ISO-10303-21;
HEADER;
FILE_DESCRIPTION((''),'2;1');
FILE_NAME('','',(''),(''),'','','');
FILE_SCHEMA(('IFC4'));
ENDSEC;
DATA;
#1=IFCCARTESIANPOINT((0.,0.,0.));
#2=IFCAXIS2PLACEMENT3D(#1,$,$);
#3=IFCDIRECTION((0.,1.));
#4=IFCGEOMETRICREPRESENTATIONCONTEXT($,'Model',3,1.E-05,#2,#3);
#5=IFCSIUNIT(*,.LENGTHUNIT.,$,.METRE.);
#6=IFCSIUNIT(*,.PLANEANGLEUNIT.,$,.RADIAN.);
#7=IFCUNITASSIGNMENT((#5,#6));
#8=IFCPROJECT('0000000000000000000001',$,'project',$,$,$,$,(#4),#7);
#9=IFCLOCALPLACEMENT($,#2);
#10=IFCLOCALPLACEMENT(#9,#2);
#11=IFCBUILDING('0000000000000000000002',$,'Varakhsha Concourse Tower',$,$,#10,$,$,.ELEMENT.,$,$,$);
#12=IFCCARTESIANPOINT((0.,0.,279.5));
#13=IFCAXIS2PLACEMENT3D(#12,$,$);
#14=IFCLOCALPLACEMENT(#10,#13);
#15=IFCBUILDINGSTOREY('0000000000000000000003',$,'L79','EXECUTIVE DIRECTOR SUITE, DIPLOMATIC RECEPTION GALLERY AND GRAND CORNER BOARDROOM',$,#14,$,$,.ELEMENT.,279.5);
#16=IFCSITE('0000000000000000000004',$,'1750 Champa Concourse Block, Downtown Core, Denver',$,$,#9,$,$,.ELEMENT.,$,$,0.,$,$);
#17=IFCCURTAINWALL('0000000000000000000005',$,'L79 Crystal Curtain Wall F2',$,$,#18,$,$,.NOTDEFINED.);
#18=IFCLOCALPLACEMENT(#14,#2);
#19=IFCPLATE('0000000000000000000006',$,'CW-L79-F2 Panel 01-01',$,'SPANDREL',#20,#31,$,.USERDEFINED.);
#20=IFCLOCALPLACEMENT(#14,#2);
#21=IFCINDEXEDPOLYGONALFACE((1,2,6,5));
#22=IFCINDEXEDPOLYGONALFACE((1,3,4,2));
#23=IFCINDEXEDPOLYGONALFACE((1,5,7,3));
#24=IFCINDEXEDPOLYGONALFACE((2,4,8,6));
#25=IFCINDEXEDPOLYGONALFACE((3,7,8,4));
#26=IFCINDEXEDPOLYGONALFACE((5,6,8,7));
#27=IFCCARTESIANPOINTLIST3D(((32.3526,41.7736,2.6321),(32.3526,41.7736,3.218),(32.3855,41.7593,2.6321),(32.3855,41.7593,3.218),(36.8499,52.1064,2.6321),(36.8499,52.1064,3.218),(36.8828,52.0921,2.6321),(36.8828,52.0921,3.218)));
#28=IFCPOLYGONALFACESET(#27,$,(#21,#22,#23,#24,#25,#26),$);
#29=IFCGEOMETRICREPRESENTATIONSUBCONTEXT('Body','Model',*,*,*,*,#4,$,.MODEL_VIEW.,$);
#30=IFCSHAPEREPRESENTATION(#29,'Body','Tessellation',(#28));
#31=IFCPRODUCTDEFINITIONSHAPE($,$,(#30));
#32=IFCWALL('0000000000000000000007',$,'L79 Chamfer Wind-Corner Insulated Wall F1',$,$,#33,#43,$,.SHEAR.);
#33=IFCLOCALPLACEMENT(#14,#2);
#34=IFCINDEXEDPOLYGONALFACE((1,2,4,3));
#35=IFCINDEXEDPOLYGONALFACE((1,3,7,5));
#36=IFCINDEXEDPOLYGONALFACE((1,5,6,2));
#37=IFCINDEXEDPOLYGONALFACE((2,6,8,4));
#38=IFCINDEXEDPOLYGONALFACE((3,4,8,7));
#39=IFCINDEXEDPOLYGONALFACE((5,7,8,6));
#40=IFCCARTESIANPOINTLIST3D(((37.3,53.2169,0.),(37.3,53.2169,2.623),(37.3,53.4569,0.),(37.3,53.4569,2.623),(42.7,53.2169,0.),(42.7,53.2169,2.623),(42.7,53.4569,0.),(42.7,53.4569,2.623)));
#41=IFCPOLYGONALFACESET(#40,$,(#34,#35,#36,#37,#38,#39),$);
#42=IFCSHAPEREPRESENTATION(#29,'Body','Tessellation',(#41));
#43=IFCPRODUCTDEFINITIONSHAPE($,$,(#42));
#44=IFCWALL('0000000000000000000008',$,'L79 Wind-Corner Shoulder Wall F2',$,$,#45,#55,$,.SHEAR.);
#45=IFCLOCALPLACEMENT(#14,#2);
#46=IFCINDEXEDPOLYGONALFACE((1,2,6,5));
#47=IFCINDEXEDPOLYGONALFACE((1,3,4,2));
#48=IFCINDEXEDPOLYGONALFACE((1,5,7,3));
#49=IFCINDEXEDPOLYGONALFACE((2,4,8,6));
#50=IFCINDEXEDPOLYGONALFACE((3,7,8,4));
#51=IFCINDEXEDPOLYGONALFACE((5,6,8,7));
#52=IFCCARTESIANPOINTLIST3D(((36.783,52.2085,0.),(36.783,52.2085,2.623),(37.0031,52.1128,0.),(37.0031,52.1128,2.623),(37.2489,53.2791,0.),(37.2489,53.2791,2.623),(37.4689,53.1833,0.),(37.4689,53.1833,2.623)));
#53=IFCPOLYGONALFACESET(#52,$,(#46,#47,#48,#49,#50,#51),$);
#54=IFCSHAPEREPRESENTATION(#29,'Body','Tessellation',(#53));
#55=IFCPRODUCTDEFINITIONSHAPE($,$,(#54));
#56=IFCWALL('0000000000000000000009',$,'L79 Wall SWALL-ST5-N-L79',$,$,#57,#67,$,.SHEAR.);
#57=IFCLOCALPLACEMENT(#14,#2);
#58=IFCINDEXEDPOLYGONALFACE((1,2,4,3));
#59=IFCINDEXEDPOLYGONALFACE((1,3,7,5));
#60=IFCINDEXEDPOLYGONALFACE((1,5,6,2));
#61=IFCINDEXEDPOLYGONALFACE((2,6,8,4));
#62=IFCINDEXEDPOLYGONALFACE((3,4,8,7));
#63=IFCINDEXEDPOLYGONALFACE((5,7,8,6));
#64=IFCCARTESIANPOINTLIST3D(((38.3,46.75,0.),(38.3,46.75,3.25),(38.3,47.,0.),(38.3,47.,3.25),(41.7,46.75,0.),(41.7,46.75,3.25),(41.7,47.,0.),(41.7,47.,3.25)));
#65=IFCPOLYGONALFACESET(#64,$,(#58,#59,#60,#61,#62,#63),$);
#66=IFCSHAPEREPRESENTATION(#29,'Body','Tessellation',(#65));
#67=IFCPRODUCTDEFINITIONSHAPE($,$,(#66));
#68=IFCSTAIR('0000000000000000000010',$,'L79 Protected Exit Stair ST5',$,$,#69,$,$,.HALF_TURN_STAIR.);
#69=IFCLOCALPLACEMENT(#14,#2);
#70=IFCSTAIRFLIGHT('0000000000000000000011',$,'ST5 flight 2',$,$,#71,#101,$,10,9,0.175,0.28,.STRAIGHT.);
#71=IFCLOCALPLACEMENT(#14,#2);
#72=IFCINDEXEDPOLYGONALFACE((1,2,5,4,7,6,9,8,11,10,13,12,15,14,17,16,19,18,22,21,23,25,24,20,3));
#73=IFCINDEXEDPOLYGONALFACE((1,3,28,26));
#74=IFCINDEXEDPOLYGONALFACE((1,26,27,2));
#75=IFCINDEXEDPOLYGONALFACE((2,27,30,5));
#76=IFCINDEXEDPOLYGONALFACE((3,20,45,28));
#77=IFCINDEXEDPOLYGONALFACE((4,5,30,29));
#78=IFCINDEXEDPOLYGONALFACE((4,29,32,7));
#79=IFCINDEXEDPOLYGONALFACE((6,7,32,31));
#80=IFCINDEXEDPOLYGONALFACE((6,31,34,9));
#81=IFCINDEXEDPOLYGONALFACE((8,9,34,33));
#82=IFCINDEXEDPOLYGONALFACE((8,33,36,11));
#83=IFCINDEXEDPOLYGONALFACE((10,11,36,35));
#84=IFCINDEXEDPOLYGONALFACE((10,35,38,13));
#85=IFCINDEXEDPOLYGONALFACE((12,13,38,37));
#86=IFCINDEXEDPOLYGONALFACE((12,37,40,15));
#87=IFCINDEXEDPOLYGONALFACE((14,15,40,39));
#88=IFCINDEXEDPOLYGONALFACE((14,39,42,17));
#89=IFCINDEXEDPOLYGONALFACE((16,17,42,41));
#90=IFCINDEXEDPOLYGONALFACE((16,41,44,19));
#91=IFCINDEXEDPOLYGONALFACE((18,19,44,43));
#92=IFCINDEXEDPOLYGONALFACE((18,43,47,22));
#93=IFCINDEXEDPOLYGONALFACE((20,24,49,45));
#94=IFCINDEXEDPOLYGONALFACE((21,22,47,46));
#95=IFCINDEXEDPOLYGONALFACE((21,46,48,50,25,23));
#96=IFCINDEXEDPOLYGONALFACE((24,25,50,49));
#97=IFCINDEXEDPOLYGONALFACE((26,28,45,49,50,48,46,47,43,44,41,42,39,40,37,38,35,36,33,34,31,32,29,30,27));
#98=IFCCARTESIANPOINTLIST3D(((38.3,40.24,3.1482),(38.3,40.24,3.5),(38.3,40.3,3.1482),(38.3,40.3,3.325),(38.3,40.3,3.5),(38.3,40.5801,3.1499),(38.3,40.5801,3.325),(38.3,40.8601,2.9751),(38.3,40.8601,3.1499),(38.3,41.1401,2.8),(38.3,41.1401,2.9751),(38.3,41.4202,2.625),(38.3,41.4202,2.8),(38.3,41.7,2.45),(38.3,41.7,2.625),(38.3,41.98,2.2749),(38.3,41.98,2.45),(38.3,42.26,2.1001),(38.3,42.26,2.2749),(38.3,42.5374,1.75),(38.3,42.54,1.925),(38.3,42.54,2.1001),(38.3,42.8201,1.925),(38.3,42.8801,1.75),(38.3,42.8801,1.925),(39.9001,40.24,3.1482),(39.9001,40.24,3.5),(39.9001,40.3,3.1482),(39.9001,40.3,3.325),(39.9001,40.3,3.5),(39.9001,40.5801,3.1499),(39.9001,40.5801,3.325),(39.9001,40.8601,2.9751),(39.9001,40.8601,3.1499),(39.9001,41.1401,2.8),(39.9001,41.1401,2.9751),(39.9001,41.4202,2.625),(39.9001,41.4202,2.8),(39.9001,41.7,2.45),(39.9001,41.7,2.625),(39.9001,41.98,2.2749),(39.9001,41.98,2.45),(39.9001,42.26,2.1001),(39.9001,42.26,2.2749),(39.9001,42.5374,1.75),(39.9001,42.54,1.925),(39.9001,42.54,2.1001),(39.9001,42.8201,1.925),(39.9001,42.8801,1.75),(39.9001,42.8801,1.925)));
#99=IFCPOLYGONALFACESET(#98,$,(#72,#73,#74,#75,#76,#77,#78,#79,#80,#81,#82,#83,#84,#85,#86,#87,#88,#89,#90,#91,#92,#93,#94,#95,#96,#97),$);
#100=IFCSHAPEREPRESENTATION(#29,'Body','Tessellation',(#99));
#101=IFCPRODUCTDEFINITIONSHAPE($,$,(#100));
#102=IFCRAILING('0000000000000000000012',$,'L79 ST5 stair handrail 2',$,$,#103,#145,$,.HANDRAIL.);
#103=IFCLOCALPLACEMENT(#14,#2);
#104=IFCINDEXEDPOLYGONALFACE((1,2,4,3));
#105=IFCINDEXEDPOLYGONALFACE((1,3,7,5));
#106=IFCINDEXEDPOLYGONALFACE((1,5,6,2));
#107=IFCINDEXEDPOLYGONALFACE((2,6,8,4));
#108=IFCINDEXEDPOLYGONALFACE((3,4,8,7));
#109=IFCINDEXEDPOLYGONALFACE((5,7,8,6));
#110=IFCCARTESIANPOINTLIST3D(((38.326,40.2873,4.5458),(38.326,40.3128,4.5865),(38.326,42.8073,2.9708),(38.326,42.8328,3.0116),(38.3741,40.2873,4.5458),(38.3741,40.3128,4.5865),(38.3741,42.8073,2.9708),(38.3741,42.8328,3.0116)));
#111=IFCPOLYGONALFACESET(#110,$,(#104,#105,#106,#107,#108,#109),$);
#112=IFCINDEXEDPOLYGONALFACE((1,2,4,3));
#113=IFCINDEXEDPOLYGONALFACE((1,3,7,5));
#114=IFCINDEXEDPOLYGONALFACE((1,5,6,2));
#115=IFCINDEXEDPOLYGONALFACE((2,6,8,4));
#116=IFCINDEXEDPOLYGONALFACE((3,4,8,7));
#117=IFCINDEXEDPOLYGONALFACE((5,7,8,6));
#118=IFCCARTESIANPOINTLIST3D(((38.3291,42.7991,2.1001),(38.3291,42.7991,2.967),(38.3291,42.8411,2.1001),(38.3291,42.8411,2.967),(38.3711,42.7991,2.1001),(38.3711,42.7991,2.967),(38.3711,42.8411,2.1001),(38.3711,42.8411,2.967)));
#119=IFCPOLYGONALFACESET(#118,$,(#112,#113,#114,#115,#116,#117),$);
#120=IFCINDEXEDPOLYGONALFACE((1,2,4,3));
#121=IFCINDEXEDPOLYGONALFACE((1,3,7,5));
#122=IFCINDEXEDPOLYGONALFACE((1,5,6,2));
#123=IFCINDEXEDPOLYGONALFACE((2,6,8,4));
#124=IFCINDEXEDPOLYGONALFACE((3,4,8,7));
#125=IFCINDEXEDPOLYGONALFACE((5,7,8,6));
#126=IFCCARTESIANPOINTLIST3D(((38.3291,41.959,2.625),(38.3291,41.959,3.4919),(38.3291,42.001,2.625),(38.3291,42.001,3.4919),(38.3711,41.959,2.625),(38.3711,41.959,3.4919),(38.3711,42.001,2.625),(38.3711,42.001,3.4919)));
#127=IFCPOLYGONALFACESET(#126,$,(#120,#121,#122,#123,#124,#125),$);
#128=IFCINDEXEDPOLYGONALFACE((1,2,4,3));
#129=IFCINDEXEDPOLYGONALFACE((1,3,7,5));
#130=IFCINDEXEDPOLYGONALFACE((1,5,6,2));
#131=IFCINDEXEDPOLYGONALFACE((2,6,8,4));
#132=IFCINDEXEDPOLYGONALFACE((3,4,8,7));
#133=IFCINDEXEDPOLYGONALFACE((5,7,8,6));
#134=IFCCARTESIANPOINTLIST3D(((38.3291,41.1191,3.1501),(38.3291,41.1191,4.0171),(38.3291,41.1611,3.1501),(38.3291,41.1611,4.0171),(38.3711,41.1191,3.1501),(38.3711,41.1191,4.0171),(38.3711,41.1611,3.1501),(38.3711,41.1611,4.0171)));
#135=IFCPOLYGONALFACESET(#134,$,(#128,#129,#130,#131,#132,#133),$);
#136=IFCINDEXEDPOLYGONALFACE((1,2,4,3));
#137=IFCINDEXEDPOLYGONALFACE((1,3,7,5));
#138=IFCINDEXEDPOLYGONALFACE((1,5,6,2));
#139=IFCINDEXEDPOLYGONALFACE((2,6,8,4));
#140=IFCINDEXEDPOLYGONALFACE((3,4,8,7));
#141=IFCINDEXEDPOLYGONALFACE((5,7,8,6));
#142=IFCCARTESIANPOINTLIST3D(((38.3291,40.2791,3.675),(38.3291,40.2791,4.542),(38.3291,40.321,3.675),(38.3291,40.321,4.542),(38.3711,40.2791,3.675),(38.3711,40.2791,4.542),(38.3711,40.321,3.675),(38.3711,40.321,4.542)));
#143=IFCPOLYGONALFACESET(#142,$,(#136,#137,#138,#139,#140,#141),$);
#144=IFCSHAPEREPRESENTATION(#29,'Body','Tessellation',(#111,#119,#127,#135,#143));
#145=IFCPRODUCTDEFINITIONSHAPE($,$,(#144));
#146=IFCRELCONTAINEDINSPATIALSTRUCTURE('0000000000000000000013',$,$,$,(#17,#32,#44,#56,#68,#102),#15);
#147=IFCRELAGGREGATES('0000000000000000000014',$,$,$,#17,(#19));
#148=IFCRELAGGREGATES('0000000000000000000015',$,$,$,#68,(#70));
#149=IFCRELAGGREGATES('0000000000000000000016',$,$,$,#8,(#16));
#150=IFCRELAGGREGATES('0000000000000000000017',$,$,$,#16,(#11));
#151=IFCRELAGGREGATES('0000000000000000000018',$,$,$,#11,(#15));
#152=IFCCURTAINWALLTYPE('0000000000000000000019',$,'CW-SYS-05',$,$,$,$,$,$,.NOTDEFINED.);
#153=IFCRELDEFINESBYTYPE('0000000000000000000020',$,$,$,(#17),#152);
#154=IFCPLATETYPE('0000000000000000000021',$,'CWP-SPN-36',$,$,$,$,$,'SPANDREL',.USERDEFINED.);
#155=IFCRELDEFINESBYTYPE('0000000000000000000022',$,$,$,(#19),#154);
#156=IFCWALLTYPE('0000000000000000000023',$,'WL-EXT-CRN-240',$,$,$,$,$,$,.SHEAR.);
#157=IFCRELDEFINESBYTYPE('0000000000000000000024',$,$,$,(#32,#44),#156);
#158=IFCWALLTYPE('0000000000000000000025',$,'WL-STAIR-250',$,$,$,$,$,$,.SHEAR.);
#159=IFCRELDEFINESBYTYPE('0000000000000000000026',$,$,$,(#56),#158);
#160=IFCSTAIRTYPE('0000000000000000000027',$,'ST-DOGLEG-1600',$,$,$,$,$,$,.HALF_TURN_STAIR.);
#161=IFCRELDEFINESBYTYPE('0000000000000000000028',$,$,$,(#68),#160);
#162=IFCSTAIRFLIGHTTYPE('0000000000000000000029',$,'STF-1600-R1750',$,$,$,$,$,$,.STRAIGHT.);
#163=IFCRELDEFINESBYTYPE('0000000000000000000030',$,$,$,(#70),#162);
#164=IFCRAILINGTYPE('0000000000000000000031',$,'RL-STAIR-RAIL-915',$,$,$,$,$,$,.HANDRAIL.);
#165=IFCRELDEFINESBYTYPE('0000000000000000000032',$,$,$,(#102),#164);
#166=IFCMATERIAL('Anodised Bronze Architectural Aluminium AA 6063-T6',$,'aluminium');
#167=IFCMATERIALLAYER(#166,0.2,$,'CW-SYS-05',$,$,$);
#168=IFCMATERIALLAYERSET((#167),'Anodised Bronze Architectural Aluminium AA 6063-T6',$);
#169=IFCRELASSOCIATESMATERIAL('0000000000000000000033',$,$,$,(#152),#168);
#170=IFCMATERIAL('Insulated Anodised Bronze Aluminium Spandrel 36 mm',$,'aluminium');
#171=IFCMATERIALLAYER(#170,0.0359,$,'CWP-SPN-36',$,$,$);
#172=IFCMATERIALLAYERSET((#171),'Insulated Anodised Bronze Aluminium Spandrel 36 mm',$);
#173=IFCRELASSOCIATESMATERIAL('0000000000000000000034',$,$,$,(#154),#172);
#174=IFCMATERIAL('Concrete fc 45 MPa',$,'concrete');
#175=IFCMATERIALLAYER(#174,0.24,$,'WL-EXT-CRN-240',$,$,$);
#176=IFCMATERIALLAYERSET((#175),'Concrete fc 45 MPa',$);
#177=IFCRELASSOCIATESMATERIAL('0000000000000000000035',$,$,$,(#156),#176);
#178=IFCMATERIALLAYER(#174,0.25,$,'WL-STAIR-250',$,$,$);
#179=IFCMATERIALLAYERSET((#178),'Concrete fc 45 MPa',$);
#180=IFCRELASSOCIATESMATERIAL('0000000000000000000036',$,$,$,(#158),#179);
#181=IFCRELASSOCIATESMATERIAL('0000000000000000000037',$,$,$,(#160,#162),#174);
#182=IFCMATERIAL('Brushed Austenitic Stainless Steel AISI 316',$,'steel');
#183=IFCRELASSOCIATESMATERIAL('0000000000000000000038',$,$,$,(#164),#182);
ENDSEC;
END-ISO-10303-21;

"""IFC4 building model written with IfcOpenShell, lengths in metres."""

from ifc_helpers import new_model, si_unit, direction, frame, frame_2d, origin, origin_2d, place, context, subcontext, project, spatial, polyline, rectangle, outline, extrude, source, transform, mapped, material, layer, layer_set, type_object, type_shapes, element, aggregate, save


model = new_model("IFC4")

# Units and contexts
model_context = context("Model", 3, precision=1e-05, world=origin(), true_north=direction((0.0, 1.0)))
body_context = subcontext(model_context, "Body", "Model", "MODEL_VIEW")
ifc_project = project(units=[si_unit("LENGTHUNIT", "METRE"), si_unit("PLANEANGLEUNIT", "RADIAN")], contexts=[model_context])

# Site, building, storey
site_placement = place(None, origin())
site = spatial("IfcSite", under=ifc_project, at=site_placement, Name="1750 Champa Concourse Block, Downtown Core, Denver", CompositionType="ELEMENT", RefElevation=0.0)
building_placement = place(site_placement, origin())
building = spatial("IfcBuilding", under=site, at=building_placement, Name="Varakhsha Concourse Tower", CompositionType="ELEMENT")
storey_placement = place(building_placement, frame((0.0, 0.0, 279.5)))
storey = spatial("IfcBuildingStorey", under=building, at=storey_placement, Name="L79", Description="EXECUTIVE DIRECTOR SUITE, DIPLOMATIC RECEPTION GALLERY AND GRAND CORNER BOARDROOM", CompositionType="ELEMENT", Elevation=279.5)

# Curtain wall
ifc_material_1 = material(Name="Anodised Bronze Architectural Aluminium AA 6063-T6", Category="aluminium")
ifc_layer_1 = layer(ifc_material_1, 0.2, Name="CW-SYS-05")
ifc_layer_set_1 = layer_set([ifc_layer_1], Name="Anodised Bronze Architectural Aluminium AA 6063-T6")
curtain_wall_type = type_object("IfcCurtainWallType", Name="CW-SYS-05", PredefinedType="NOTDEFINED", material=ifc_layer_set_1)
curtain_wall_placement = place(storey_placement, origin())
curtain_wall = element("IfcCurtainWall", 1, at=curtain_wall_placement, inside=storey, type_object=curtain_wall_type, Name="L79 Crystal Curtain Wall F2", PredefinedType="NOTDEFINED")

# Plate
ifc_material_2 = material(Name="Insulated Anodised Bronze Aluminium Spandrel 36 mm", Category="aluminium")
ifc_layer_2 = layer(ifc_material_2, 0.0359, Name="CWP-SPN-36")
ifc_layer_set_2 = layer_set([ifc_layer_2], Name="Insulated Anodised Bronze Aluminium Spandrel 36 mm")
plate_type_1 = type_object("IfcPlateType", Name="CWP-SPN-36", ElementType="SPANDREL", PredefinedType="USERDEFINED", material=ifc_layer_set_2)
shared_shape_1 = source(origin(), body_context, "Body", "SweptSolid", [
    extrude(rectangle(XDim=11.269, YDim=0.0359, at=origin_2d()), origin(), (0.0, 0.0, 1.0), 0.5859),
])
type_shapes(plate_type_1, [shared_shape_1])
plate_1_placement = place(storey_placement, frame((34.6177, 46.9329, 2.6321), z_axis=(0.0, 0.0, 1.0), x_axis=(0.399084, 0.916915, 0.0)))
plate_1 = element("IfcPlate", 2, at=plate_1_placement, type_object=plate_type_1, Name="CW-L79-F2 Panel 01-01", ObjectType="SPANDREL", PredefinedType="USERDEFINED", context=body_context, shape_type="MappedRepresentation", body=[
    mapped(shared_shape_1, transform((0.0, 0.0, 0.0), scale=1.0)),
])
aggregate(curtain_wall, [plate_1])

# Walls
ifc_material_3 = material(Name="Concrete fc 45 MPa", Category="concrete")
ifc_layer_3 = layer(ifc_material_3, 0.24, Name="WL-EXT-CRN-240")
ifc_layer_set_3 = layer_set([ifc_layer_3], Name="Concrete fc 45 MPa")
wall_type_1 = type_object("IfcWallType", Name="WL-EXT-CRN-240", PredefinedType="SHEAR", material=ifc_layer_set_3)
wall_1_placement = place(storey_placement, frame((37.3, 53.3369, 0.0), z_axis=(0.0, 0.0, 1.0), x_axis=(1.0, 0.0, 0.0)))
element("IfcWall", 3, at=wall_1_placement, inside=storey, type_object=wall_type_1, Name="L79 Chamfer Wind-Corner Insulated Wall F1", PredefinedType="SHEAR", context=body_context, shape_type="SweptSolid", body=[
    extrude(rectangle(XDim=5.3999, YDim=0.24, at=frame_2d((2.7, 0.0))), origin(), (0.0, 0.0, 1.0), 2.623),
])
wall_2_placement = place(storey_placement, frame((37.3589, 53.2312, 0.0), z_axis=(0.0, 0.0, 1.0), x_axis=(-0.398986, -0.916957, 0.0)))
element("IfcWall", 4, at=wall_2_placement, inside=storey, type_object=wall_type_1, Name="L79 Wind-Corner Shoulder Wall F2", PredefinedType="SHEAR", context=body_context, shape_type="SweptSolid", body=[
    extrude(rectangle(XDim=1.1675, YDim=0.24, at=frame_2d((0.5837, 0.0))), origin(), (0.0, 0.0, 1.0), 2.623),
])
ifc_layer_4 = layer(ifc_material_3, 0.25, Name="WL-STAIR-250")
ifc_layer_set_4 = layer_set([ifc_layer_4], Name="Concrete fc 45 MPa")
wall_type_2 = type_object("IfcWallType", Name="WL-STAIR-250", PredefinedType="SHEAR", material=ifc_layer_set_4)
wall_3_placement = place(storey_placement, frame((38.3, 46.875, 0.0), z_axis=(0.0, 0.0, 1.0), x_axis=(1.0, 0.0, 0.0)))
element("IfcWall", 5, at=wall_3_placement, inside=storey, type_object=wall_type_2, Name="L79 Wall SWALL-ST5-N-L79", PredefinedType="SHEAR", context=body_context, shape_type="SweptSolid", body=[
    extrude(rectangle(XDim=3.3999, YDim=0.25, at=frame_2d((1.7, 0.0))), origin(), (0.0, 0.0, 1.0), 3.25),
])

# Stair, stair flight
stair_type = type_object("IfcStairType", Name="ST-DOGLEG-1600", PredefinedType="HALF_TURN_STAIR", material=ifc_material_3)
stair_placement = place(storey_placement, origin())
stair = element("IfcStair", 6, at=stair_placement, inside=storey, type_object=stair_type, Name="L79 Protected Exit Stair ST5", PredefinedType="HALF_TURN_STAIR")
stair_flight_type = type_object("IfcStairFlightType", Name="STF-1600-R1750", PredefinedType="STRAIGHT", material=ifc_material_3)
stair_flight_placement = place(storey_placement, frame((39.1001, 42.8201, 1.75), z_axis=(0.0, 0.0, 1.0), x_axis=(0.0, -1.0, 0.0)))
stair_flight = element("IfcStairFlight", 7, at=stair_flight_placement, type_object=stair_flight_type, Name="ST5 flight 2", NumberOfRisers=10, NumberOfTreads=9, PredefinedType="STRAIGHT", RiserHeight=0.175, TreadLength=0.28, context=body_context, shape_type="SweptSolid", body=[
    extrude(outline(polyline([(-0.0601, 0.0), (-0.0601, 0.175), (0.0, 0.175), (0.28, 0.175), (0.28, 0.3501), (0.5601, 0.3501), (0.5601, 0.5249), (0.8401, 0.5249), (0.8401, 0.7), (1.1201, 0.7), (1.1201, 0.875), (1.3999, 0.875), (1.3999, 1.05), (1.6799, 1.05), (1.6799, 1.2251), (1.96, 1.2251), (1.96, 1.3999), (2.24, 1.3999), (2.24, 1.575), (2.52, 1.575), (2.52, 1.75), (2.5801, 1.75), (2.5801, 1.3982), (2.52, 1.3982), (0.2827, 0.0), (-0.0601, 0.0)])), frame((0.0, 0.8, 0.0), z_axis=(0.0, -1.0, 0.0), x_axis=(1.0, 0.0, 0.0)), (0.0, 0.0, 1.0), 1.6001),
])
aggregate(stair, [stair_flight])

# Railing
ifc_material_4 = material(Name="Brushed Austenitic Stainless Steel AISI 316", Category="steel")
railing_type = type_object("IfcRailingType", Name="RL-STAIR-RAIL-915", PredefinedType="HANDRAIL", material=ifc_material_4)
railing_placement = place(storey_placement, frame((38.3501, 42.8201, 2.1001)))
element("IfcRailing", 8, at=railing_placement, inside=storey, type_object=railing_type, Name="L79 ST5 stair handrail 2", PredefinedType="HANDRAIL", context=body_context, shape_type="SweptSolid", body=[
    extrude(rectangle(XDim=0.0481, YDim=0.0481, at=origin_2d()), frame((0.0, 0.0, 0.8911), z_axis=(0.0, -0.848008, 0.529984), x_axis=(1.0, 0.0, 0.0)), (0.0, 0.0, 1.0), 2.9717),
    extrude(rectangle(XDim=0.042, YDim=0.042, at=origin_2d()), origin(), (0.0, 0.0, 1.0), 0.8669),
    extrude(rectangle(XDim=0.042, YDim=0.042, at=origin_2d()), frame((0.0, -0.8401, 0.5249)), (0.0, 0.0, 1.0), 0.8669),
    extrude(rectangle(XDim=0.042, YDim=0.042, at=origin_2d()), frame((0.0, -1.6799, 1.05)), (0.0, 0.0, 1.0), 0.8669),
    extrude(rectangle(XDim=0.042, YDim=0.042, at=origin_2d()), frame((0.0, -2.52, 1.575)), (0.0, 0.0, 1.0), 0.8669),
])

save(model, "model.ifc")
